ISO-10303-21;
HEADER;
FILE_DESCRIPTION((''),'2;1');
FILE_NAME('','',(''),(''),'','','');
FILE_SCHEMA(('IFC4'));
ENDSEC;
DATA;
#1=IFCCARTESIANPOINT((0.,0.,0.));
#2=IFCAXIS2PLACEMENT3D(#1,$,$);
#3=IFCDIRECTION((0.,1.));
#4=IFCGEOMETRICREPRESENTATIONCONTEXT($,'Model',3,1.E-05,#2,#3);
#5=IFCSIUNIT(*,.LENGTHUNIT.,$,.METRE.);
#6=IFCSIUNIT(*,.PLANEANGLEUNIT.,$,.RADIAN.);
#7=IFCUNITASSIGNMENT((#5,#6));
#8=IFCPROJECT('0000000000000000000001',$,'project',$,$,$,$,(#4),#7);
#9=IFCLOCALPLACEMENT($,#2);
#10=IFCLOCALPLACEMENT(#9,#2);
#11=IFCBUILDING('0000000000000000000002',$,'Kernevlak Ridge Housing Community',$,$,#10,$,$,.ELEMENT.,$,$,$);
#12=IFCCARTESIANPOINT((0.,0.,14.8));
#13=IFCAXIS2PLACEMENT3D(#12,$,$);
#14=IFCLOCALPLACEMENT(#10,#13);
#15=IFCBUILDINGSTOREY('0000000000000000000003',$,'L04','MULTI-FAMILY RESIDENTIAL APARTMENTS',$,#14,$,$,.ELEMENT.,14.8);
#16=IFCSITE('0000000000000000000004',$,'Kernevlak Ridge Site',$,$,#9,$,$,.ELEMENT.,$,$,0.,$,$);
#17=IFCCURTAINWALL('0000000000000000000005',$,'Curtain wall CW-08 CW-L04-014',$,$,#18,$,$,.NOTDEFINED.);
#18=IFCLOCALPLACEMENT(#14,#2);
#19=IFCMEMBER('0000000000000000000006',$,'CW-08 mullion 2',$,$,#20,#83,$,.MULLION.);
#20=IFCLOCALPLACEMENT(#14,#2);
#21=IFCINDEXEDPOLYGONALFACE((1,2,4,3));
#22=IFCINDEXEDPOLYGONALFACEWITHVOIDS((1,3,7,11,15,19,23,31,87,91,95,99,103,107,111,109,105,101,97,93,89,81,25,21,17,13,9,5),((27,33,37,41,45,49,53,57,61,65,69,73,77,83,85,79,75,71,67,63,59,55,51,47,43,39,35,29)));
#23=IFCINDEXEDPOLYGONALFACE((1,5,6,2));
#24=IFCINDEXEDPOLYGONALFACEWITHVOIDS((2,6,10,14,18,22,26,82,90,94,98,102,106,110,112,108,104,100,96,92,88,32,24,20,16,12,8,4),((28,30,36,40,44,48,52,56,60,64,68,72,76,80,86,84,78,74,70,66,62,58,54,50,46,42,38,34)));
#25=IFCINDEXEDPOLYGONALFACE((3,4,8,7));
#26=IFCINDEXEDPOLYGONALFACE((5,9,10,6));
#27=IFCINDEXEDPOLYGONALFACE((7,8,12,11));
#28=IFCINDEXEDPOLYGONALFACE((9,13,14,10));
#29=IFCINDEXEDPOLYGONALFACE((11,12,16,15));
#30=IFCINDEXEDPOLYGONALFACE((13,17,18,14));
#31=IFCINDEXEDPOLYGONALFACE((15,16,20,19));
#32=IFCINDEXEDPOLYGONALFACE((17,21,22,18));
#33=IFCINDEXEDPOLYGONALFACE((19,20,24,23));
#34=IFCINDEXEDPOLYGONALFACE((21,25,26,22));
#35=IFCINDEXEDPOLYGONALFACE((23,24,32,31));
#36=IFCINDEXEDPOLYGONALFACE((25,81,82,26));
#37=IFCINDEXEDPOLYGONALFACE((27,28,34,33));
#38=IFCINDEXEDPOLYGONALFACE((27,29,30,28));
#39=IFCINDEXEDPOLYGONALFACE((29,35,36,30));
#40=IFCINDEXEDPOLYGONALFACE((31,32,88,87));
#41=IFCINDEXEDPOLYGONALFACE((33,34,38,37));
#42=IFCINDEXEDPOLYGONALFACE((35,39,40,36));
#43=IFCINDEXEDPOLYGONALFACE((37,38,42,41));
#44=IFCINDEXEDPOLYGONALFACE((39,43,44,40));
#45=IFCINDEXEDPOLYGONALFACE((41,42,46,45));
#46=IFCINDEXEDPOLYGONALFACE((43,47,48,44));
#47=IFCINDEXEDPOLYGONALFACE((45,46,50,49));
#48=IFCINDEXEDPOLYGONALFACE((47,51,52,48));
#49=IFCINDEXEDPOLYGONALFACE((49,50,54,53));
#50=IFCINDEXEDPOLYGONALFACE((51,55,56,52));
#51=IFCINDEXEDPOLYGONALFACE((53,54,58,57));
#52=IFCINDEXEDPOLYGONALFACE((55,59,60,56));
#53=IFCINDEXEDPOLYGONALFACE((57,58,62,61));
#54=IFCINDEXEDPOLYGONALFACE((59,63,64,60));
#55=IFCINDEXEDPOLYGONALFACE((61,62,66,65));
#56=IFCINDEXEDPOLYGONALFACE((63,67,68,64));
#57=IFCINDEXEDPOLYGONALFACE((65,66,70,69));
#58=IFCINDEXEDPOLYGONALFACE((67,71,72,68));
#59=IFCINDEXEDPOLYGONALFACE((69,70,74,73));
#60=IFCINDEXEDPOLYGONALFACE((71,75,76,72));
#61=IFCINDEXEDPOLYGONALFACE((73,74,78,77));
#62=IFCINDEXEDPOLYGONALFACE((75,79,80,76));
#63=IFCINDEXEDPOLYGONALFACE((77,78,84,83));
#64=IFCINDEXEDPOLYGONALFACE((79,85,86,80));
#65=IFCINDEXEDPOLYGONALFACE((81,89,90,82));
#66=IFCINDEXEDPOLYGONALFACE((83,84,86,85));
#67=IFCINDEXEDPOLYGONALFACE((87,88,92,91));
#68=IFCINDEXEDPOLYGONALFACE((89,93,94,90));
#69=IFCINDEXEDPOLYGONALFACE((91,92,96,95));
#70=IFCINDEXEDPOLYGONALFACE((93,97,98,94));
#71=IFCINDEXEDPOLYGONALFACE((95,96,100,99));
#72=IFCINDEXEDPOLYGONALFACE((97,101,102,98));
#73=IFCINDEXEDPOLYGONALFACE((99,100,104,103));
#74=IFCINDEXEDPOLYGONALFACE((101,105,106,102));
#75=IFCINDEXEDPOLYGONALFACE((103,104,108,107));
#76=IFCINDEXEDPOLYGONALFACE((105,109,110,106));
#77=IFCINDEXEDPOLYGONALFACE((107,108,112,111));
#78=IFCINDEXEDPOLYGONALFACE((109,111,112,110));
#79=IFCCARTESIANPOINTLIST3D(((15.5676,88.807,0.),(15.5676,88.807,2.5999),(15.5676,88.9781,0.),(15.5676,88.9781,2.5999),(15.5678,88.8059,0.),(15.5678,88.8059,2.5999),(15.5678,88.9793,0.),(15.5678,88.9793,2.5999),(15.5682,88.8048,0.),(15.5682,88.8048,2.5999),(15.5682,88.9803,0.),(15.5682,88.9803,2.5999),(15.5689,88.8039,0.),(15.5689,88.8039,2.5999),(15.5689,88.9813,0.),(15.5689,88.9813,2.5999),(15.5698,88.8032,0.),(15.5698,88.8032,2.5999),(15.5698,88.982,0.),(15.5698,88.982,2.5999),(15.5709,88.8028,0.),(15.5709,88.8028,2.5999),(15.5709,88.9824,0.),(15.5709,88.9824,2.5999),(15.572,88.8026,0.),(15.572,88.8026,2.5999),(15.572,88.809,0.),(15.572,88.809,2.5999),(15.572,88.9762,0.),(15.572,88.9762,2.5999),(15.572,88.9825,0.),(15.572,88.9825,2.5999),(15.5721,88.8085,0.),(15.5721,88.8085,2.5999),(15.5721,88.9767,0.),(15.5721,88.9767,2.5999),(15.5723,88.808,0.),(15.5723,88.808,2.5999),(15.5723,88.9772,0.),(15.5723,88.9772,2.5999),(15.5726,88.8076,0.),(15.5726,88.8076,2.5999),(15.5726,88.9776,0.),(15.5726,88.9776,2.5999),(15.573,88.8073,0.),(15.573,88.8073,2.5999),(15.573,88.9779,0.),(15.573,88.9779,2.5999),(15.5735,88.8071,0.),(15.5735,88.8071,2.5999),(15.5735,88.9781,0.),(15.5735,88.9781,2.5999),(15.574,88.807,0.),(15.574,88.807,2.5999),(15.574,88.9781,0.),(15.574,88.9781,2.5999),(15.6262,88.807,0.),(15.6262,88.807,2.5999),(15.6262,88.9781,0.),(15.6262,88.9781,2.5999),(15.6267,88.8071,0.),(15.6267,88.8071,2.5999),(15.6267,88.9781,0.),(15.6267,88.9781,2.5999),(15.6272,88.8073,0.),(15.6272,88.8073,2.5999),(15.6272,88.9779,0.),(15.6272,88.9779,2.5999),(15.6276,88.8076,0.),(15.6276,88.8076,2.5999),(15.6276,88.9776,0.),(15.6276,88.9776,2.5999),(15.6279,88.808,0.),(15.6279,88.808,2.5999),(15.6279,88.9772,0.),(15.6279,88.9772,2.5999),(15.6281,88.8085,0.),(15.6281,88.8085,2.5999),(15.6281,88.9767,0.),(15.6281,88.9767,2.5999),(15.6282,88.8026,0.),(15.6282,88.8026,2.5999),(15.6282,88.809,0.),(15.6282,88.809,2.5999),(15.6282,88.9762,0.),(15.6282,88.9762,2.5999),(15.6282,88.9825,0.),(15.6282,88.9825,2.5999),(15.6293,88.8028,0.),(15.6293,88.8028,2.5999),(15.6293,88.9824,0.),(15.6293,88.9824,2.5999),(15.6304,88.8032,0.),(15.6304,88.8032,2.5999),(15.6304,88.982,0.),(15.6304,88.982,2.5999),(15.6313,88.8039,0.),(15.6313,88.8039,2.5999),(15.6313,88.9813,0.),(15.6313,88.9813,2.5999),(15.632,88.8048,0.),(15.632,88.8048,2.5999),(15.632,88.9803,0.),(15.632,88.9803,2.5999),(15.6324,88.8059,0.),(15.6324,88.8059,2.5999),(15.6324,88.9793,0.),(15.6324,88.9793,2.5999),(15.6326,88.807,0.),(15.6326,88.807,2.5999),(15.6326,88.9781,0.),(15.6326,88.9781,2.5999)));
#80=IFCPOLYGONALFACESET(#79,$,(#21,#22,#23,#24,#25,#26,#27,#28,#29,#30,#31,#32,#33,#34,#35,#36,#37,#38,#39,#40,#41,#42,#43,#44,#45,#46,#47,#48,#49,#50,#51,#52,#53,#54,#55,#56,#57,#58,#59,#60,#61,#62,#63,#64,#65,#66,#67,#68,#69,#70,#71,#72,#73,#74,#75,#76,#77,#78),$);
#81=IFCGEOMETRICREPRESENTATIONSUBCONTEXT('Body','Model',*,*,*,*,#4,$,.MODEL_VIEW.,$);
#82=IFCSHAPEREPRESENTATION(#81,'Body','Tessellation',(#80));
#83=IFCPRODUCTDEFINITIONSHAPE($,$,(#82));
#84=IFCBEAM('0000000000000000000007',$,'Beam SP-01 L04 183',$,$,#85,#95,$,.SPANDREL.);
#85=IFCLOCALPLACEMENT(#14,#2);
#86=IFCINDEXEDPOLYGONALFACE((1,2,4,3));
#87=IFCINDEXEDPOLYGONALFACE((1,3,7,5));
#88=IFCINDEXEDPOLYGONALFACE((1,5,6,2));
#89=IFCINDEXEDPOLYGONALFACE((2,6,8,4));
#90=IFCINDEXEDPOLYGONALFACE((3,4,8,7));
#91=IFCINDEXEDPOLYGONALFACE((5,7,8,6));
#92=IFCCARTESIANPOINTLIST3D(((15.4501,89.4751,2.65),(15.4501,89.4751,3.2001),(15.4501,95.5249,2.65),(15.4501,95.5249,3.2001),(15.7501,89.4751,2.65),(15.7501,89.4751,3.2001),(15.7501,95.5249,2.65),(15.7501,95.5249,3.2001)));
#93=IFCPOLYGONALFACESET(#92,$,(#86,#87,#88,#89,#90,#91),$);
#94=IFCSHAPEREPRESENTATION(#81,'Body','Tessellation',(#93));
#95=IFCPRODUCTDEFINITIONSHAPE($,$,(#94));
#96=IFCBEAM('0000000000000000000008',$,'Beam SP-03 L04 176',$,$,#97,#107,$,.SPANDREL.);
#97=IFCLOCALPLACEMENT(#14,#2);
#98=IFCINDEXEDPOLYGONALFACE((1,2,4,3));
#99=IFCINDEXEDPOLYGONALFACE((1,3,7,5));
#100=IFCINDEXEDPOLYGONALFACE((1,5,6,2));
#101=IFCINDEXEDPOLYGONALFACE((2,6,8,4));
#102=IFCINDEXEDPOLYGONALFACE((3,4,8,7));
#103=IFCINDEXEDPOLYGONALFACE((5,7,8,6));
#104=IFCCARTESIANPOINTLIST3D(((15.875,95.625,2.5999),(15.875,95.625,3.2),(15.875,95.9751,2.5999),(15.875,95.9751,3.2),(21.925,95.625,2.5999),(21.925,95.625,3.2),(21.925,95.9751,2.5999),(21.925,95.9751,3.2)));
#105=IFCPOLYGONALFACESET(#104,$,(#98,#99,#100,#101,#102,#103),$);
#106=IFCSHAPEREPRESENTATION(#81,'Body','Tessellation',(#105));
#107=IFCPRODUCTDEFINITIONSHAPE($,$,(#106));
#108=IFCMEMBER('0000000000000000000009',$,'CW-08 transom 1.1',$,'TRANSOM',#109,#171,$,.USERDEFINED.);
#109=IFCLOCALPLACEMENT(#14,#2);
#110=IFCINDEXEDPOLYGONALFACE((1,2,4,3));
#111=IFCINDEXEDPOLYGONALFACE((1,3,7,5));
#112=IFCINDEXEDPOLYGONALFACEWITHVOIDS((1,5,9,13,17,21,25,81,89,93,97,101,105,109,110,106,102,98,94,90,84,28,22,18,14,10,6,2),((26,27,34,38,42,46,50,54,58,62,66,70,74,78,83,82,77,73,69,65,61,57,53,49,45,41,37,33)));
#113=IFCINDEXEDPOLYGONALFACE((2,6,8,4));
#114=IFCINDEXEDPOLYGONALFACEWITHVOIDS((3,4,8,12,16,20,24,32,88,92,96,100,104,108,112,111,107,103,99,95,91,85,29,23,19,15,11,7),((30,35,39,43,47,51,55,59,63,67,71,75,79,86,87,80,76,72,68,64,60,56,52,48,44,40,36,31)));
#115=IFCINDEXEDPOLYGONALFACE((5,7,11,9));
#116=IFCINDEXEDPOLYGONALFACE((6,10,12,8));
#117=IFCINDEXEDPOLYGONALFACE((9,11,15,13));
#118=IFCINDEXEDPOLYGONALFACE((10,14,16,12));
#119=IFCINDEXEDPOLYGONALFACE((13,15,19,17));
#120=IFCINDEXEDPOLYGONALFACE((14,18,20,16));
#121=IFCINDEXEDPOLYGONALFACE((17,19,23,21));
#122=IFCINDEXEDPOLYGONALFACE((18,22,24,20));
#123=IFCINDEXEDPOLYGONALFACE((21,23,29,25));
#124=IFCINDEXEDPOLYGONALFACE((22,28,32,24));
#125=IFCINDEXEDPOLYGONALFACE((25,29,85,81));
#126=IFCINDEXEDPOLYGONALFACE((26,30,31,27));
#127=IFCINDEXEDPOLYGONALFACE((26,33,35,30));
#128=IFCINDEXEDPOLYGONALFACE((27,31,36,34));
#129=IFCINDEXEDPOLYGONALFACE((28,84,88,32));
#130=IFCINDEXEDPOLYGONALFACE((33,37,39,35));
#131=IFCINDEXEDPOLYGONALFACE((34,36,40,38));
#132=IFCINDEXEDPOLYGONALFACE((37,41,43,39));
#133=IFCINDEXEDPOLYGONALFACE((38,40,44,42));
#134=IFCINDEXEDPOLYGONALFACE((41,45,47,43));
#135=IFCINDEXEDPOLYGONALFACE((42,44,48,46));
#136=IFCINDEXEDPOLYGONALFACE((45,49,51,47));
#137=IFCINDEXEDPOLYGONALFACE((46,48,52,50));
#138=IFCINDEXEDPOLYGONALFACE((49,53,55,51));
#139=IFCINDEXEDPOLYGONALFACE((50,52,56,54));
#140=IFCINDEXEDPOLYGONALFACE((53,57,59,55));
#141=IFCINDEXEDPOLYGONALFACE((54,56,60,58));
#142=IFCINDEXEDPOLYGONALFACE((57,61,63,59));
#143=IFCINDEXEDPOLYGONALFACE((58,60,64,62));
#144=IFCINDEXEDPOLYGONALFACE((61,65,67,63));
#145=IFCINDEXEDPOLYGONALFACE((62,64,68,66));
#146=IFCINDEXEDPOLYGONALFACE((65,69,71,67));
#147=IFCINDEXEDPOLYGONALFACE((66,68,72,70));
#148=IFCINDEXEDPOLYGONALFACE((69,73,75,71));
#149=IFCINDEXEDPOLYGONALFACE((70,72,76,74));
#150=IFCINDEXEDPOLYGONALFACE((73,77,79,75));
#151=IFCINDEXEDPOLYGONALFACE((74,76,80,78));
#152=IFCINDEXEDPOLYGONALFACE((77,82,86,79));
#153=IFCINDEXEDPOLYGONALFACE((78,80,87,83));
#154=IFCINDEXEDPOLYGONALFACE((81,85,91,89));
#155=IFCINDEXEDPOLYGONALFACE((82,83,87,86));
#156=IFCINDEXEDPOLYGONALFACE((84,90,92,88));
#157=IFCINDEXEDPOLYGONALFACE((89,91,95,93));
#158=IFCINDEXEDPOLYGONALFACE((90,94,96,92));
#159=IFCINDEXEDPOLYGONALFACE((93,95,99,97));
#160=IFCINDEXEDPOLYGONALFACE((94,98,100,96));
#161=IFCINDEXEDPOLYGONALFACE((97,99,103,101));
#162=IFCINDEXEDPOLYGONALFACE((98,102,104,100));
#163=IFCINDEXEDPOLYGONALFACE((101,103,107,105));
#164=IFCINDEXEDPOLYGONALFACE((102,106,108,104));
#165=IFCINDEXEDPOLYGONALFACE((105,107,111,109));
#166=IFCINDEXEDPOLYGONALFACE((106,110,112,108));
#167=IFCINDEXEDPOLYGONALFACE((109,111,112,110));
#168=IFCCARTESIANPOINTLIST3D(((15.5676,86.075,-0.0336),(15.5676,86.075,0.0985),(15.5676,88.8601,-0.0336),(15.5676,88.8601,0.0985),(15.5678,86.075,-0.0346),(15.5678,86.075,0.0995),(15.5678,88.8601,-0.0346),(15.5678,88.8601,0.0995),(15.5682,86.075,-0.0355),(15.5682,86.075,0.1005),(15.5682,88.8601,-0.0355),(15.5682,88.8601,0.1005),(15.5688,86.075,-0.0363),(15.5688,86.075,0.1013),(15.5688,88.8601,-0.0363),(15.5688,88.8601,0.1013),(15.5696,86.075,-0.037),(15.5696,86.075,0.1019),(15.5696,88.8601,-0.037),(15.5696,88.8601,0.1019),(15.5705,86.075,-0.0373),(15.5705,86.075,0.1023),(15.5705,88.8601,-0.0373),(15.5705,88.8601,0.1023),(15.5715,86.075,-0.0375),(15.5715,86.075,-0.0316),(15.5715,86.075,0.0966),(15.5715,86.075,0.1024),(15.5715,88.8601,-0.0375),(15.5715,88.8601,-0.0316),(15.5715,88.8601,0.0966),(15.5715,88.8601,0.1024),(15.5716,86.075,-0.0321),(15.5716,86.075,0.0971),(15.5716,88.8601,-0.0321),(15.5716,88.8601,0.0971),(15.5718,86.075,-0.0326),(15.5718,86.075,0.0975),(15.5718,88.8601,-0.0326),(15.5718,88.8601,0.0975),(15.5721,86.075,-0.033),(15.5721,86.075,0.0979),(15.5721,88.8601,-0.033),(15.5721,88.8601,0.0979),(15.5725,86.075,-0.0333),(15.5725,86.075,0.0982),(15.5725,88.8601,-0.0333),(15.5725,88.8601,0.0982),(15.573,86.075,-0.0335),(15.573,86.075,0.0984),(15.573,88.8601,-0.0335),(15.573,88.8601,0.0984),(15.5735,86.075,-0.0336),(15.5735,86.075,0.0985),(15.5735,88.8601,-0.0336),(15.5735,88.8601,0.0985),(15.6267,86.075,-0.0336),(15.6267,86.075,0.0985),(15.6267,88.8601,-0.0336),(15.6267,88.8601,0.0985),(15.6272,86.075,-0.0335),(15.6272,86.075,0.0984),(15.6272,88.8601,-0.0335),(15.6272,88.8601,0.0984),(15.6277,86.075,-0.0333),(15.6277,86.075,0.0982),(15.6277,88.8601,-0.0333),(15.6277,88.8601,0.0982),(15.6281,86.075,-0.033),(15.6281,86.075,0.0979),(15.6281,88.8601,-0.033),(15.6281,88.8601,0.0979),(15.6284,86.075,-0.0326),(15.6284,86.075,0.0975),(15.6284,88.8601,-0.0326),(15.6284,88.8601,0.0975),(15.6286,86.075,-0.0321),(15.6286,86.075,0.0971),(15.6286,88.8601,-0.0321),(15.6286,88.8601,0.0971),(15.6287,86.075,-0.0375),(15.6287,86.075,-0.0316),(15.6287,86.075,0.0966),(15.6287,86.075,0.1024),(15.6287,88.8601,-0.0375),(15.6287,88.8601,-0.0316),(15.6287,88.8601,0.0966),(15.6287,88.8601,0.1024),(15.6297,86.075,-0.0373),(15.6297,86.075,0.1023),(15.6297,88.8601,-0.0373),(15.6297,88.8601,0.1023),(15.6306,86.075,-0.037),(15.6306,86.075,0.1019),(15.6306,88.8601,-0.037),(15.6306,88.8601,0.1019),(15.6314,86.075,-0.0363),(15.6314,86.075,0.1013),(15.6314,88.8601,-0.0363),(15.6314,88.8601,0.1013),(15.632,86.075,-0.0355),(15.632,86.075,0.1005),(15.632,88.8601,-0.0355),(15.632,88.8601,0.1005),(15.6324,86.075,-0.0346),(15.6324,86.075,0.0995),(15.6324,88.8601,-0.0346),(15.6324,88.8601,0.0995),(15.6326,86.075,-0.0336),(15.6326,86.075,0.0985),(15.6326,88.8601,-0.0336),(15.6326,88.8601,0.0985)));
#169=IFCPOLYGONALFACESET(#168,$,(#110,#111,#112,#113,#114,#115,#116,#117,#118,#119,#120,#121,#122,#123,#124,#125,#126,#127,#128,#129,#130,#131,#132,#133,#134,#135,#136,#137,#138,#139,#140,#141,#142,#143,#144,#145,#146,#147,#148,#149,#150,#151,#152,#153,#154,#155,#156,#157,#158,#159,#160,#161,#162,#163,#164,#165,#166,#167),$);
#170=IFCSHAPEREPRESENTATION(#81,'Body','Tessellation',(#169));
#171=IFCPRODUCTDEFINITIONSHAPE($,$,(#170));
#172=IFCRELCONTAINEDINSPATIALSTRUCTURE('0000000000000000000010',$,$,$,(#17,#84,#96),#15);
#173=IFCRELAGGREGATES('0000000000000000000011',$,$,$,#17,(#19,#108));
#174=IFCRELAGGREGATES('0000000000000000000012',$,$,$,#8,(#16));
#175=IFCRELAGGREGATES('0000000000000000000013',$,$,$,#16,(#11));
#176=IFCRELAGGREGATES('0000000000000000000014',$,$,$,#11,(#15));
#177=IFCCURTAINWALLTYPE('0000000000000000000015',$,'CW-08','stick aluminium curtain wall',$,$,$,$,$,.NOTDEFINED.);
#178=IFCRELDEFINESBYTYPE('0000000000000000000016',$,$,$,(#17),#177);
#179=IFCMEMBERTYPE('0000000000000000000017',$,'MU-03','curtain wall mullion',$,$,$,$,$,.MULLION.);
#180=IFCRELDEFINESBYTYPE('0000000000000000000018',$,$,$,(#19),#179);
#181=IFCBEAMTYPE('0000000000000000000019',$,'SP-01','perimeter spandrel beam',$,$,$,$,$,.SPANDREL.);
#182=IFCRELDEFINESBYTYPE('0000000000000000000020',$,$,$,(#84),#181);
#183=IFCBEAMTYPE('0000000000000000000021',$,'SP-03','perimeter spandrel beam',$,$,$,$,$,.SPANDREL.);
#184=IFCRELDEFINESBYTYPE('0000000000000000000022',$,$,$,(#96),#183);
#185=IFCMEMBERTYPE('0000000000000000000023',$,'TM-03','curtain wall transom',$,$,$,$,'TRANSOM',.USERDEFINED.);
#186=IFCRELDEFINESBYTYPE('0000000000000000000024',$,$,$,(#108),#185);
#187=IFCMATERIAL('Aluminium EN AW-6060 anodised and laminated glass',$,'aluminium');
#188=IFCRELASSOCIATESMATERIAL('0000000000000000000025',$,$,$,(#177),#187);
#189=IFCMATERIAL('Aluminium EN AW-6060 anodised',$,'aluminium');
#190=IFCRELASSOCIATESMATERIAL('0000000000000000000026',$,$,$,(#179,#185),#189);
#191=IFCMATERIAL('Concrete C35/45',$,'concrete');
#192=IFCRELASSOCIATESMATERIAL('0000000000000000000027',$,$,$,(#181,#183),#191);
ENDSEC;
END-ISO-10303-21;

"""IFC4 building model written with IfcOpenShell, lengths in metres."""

from ifc_helpers import new_model, si_unit, direction, frame, origin, origin_2d, place, context, subcontext, project, spatial, rectangle, hollow_rectangle, extrude, material, material_profile, profile_set, type_object, element, aggregate, save


model = new_model("IFC4")

# Units and contexts
model_context = context("Model", 3, precision=1e-05, world=origin(), true_north=direction((0.0, 1.0)))
body_context = subcontext(model_context, "Body", "Model", "MODEL_VIEW")
ifc_project = project(units=[si_unit("LENGTHUNIT", "METRE"), si_unit("PLANEANGLEUNIT", "RADIAN")], contexts=[model_context])

# Site, building, storey
site_placement = place(None, origin())
site = spatial("IfcSite", under=ifc_project, at=site_placement, Name="Kernevlak Ridge Site", CompositionType="ELEMENT", RefElevation=0.0)
building_placement = place(site_placement, origin())
building = spatial("IfcBuilding", under=site, at=building_placement, Name="Kernevlak Ridge Housing Community", CompositionType="ELEMENT")
storey_placement = place(building_placement, frame((0.0, 0.0, 14.8)))
storey = spatial("IfcBuildingStorey", under=building, at=storey_placement, Name="L04", Description="MULTI-FAMILY RESIDENTIAL APARTMENTS", CompositionType="ELEMENT", Elevation=14.8)

# Shared definitions
ifc_material_1 = material(Name="Concrete C35/45", Category="concrete")

# Shared definitions
ifc_material_2 = material(Name="Aluminium EN AW-6060 anodised and laminated glass", Category="aluminium")
ifc_material_3 = material(Name="Aluminium EN AW-6060 anodised", Category="aluminium")

# Curtain wall, member
curtain_wall_type_1 = type_object("IfcCurtainWallType", Name="CW-08", Description="stick aluminium curtain wall", PredefinedType="NOTDEFINED", material=ifc_material_2)
curtain_wall_1_placement = place(storey_placement, origin())
curtain_wall_1 = element("IfcCurtainWall", 1, at=curtain_wall_1_placement, inside=storey, type_object=curtain_wall_type_1, Name="Curtain wall CW-08 CW-L04-014", PredefinedType="NOTDEFINED")
ifc_material_profile_1 = material_profile(ifc_material_3, hollow_rectangle(XDim=0.0649, YDim=0.1799, WallThickness=0.0044, InnerFilletRadius=0.002, OuterFilletRadius=0.0044, at=origin_2d()), Name="ALU 65x180x4.5")
ifc_profile_set_1 = profile_set([ifc_material_profile_1], Name="Aluminium EN AW-6060 anodised")
member_type_1 = type_object("IfcMemberType", Name="MU-03", Description="curtain wall mullion", PredefinedType="MULLION", material=ifc_profile_set_1)
member_1_placement = place(storey_placement, frame((15.6001, 88.8926, 0.0), z_axis=(0.0, 0.0, 1.0), x_axis=(-1.0, 0.0, 0.0)))
member_1 = element("IfcMember", 2, at=member_1_placement, type_object=member_type_1, Name="CW-08 mullion 2", PredefinedType="MULLION", context=body_context, shape_type="SweptSolid", body=[
    extrude(hollow_rectangle(XDim=0.0649, YDim=0.1799, WallThickness=0.0044, InnerFilletRadius=0.002, OuterFilletRadius=0.0044, at=origin_2d()), origin(), (0.0, 0.0, 1.0), 2.5999),
])

# Beams
ifc_material_profile_2 = material_profile(ifc_material_1, rectangle(XDim=0.3, YDim=0.55, at=origin_2d()), Name="RC 300x550")
ifc_profile_set_2 = profile_set([ifc_material_profile_2], Name="Concrete C35/45")
beam_type_1 = type_object("IfcBeamType", Name="SP-01", Description="perimeter spandrel beam", PredefinedType="SPANDREL", material=ifc_profile_set_2)
beam_1_placement = place(storey_placement, frame((15.6001, 89.4751, 2.925), z_axis=(0.0, 1.0, 0.0), x_axis=(-1.0, 0.0, 0.0)))
element("IfcBeam", 3, at=beam_1_placement, inside=storey, type_object=beam_type_1, Name="Beam SP-01 L04 183", PredefinedType="SPANDREL", context=body_context, shape_type="SweptSolid", body=[
    extrude(rectangle(XDim=0.3, YDim=0.55, at=origin_2d()), origin(), (0.0, 0.0, 1.0), 6.0498),
])
ifc_material_profile_3 = material_profile(ifc_material_1, rectangle(XDim=0.3501, YDim=0.6001, at=origin_2d()), Name="RC 350x600")
ifc_profile_set_3 = profile_set([ifc_material_profile_3], Name="Concrete C35/45")
beam_type_2 = type_object("IfcBeamType", Name="SP-03", Description="perimeter spandrel beam", PredefinedType="SPANDREL", material=ifc_profile_set_3)
beam_2_placement = place(storey_placement, frame((15.875, 95.8, 2.8999), z_axis=(1.0, 0.0, 0.0), x_axis=(0.0, 1.0, 0.0)))
element("IfcBeam", 4, at=beam_2_placement, inside=storey, type_object=beam_type_2, Name="Beam SP-03 L04 176", PredefinedType="SPANDREL", context=body_context, shape_type="SweptSolid", body=[
    extrude(rectangle(XDim=0.3501, YDim=0.6001, at=origin_2d()), origin(), (0.0, 0.0, 1.0), 6.05),
])

# Member
ifc_material_profile_4 = material_profile(ifc_material_3, hollow_rectangle(XDim=0.0649, YDim=0.1399, WallThickness=0.0039, InnerFilletRadius=0.002, OuterFilletRadius=0.0039, at=origin_2d()), Name="ALU 65x140x4")
ifc_profile_set_4 = profile_set([ifc_material_profile_4], Name="Aluminium EN AW-6060 anodised")
member_type_2 = type_object("IfcMemberType", Name="TM-03", Description="curtain wall transom", ElementType="TRANSOM", PredefinedType="USERDEFINED", material=ifc_profile_set_4)
member_2_placement = place(storey_placement, frame((15.6001, 86.075, 0.0325), z_axis=(0.0, 1.0, 0.0), x_axis=(-1.0, 0.0, 0.0)))
member_2 = element("IfcMember", 5, at=member_2_placement, type_object=member_type_2, Name="CW-08 transom 1.1", ObjectType="TRANSOM", PredefinedType="USERDEFINED", context=body_context, shape_type="SweptSolid", body=[
    extrude(hollow_rectangle(XDim=0.0649, YDim=0.1399, WallThickness=0.0039, InnerFilletRadius=0.002, OuterFilletRadius=0.0039, at=origin_2d()), origin(), (0.0, 0.0, 1.0), 2.7852),
])

aggregate(curtain_wall_1, [member_1, member_2])

save(model, "model.ifc")
